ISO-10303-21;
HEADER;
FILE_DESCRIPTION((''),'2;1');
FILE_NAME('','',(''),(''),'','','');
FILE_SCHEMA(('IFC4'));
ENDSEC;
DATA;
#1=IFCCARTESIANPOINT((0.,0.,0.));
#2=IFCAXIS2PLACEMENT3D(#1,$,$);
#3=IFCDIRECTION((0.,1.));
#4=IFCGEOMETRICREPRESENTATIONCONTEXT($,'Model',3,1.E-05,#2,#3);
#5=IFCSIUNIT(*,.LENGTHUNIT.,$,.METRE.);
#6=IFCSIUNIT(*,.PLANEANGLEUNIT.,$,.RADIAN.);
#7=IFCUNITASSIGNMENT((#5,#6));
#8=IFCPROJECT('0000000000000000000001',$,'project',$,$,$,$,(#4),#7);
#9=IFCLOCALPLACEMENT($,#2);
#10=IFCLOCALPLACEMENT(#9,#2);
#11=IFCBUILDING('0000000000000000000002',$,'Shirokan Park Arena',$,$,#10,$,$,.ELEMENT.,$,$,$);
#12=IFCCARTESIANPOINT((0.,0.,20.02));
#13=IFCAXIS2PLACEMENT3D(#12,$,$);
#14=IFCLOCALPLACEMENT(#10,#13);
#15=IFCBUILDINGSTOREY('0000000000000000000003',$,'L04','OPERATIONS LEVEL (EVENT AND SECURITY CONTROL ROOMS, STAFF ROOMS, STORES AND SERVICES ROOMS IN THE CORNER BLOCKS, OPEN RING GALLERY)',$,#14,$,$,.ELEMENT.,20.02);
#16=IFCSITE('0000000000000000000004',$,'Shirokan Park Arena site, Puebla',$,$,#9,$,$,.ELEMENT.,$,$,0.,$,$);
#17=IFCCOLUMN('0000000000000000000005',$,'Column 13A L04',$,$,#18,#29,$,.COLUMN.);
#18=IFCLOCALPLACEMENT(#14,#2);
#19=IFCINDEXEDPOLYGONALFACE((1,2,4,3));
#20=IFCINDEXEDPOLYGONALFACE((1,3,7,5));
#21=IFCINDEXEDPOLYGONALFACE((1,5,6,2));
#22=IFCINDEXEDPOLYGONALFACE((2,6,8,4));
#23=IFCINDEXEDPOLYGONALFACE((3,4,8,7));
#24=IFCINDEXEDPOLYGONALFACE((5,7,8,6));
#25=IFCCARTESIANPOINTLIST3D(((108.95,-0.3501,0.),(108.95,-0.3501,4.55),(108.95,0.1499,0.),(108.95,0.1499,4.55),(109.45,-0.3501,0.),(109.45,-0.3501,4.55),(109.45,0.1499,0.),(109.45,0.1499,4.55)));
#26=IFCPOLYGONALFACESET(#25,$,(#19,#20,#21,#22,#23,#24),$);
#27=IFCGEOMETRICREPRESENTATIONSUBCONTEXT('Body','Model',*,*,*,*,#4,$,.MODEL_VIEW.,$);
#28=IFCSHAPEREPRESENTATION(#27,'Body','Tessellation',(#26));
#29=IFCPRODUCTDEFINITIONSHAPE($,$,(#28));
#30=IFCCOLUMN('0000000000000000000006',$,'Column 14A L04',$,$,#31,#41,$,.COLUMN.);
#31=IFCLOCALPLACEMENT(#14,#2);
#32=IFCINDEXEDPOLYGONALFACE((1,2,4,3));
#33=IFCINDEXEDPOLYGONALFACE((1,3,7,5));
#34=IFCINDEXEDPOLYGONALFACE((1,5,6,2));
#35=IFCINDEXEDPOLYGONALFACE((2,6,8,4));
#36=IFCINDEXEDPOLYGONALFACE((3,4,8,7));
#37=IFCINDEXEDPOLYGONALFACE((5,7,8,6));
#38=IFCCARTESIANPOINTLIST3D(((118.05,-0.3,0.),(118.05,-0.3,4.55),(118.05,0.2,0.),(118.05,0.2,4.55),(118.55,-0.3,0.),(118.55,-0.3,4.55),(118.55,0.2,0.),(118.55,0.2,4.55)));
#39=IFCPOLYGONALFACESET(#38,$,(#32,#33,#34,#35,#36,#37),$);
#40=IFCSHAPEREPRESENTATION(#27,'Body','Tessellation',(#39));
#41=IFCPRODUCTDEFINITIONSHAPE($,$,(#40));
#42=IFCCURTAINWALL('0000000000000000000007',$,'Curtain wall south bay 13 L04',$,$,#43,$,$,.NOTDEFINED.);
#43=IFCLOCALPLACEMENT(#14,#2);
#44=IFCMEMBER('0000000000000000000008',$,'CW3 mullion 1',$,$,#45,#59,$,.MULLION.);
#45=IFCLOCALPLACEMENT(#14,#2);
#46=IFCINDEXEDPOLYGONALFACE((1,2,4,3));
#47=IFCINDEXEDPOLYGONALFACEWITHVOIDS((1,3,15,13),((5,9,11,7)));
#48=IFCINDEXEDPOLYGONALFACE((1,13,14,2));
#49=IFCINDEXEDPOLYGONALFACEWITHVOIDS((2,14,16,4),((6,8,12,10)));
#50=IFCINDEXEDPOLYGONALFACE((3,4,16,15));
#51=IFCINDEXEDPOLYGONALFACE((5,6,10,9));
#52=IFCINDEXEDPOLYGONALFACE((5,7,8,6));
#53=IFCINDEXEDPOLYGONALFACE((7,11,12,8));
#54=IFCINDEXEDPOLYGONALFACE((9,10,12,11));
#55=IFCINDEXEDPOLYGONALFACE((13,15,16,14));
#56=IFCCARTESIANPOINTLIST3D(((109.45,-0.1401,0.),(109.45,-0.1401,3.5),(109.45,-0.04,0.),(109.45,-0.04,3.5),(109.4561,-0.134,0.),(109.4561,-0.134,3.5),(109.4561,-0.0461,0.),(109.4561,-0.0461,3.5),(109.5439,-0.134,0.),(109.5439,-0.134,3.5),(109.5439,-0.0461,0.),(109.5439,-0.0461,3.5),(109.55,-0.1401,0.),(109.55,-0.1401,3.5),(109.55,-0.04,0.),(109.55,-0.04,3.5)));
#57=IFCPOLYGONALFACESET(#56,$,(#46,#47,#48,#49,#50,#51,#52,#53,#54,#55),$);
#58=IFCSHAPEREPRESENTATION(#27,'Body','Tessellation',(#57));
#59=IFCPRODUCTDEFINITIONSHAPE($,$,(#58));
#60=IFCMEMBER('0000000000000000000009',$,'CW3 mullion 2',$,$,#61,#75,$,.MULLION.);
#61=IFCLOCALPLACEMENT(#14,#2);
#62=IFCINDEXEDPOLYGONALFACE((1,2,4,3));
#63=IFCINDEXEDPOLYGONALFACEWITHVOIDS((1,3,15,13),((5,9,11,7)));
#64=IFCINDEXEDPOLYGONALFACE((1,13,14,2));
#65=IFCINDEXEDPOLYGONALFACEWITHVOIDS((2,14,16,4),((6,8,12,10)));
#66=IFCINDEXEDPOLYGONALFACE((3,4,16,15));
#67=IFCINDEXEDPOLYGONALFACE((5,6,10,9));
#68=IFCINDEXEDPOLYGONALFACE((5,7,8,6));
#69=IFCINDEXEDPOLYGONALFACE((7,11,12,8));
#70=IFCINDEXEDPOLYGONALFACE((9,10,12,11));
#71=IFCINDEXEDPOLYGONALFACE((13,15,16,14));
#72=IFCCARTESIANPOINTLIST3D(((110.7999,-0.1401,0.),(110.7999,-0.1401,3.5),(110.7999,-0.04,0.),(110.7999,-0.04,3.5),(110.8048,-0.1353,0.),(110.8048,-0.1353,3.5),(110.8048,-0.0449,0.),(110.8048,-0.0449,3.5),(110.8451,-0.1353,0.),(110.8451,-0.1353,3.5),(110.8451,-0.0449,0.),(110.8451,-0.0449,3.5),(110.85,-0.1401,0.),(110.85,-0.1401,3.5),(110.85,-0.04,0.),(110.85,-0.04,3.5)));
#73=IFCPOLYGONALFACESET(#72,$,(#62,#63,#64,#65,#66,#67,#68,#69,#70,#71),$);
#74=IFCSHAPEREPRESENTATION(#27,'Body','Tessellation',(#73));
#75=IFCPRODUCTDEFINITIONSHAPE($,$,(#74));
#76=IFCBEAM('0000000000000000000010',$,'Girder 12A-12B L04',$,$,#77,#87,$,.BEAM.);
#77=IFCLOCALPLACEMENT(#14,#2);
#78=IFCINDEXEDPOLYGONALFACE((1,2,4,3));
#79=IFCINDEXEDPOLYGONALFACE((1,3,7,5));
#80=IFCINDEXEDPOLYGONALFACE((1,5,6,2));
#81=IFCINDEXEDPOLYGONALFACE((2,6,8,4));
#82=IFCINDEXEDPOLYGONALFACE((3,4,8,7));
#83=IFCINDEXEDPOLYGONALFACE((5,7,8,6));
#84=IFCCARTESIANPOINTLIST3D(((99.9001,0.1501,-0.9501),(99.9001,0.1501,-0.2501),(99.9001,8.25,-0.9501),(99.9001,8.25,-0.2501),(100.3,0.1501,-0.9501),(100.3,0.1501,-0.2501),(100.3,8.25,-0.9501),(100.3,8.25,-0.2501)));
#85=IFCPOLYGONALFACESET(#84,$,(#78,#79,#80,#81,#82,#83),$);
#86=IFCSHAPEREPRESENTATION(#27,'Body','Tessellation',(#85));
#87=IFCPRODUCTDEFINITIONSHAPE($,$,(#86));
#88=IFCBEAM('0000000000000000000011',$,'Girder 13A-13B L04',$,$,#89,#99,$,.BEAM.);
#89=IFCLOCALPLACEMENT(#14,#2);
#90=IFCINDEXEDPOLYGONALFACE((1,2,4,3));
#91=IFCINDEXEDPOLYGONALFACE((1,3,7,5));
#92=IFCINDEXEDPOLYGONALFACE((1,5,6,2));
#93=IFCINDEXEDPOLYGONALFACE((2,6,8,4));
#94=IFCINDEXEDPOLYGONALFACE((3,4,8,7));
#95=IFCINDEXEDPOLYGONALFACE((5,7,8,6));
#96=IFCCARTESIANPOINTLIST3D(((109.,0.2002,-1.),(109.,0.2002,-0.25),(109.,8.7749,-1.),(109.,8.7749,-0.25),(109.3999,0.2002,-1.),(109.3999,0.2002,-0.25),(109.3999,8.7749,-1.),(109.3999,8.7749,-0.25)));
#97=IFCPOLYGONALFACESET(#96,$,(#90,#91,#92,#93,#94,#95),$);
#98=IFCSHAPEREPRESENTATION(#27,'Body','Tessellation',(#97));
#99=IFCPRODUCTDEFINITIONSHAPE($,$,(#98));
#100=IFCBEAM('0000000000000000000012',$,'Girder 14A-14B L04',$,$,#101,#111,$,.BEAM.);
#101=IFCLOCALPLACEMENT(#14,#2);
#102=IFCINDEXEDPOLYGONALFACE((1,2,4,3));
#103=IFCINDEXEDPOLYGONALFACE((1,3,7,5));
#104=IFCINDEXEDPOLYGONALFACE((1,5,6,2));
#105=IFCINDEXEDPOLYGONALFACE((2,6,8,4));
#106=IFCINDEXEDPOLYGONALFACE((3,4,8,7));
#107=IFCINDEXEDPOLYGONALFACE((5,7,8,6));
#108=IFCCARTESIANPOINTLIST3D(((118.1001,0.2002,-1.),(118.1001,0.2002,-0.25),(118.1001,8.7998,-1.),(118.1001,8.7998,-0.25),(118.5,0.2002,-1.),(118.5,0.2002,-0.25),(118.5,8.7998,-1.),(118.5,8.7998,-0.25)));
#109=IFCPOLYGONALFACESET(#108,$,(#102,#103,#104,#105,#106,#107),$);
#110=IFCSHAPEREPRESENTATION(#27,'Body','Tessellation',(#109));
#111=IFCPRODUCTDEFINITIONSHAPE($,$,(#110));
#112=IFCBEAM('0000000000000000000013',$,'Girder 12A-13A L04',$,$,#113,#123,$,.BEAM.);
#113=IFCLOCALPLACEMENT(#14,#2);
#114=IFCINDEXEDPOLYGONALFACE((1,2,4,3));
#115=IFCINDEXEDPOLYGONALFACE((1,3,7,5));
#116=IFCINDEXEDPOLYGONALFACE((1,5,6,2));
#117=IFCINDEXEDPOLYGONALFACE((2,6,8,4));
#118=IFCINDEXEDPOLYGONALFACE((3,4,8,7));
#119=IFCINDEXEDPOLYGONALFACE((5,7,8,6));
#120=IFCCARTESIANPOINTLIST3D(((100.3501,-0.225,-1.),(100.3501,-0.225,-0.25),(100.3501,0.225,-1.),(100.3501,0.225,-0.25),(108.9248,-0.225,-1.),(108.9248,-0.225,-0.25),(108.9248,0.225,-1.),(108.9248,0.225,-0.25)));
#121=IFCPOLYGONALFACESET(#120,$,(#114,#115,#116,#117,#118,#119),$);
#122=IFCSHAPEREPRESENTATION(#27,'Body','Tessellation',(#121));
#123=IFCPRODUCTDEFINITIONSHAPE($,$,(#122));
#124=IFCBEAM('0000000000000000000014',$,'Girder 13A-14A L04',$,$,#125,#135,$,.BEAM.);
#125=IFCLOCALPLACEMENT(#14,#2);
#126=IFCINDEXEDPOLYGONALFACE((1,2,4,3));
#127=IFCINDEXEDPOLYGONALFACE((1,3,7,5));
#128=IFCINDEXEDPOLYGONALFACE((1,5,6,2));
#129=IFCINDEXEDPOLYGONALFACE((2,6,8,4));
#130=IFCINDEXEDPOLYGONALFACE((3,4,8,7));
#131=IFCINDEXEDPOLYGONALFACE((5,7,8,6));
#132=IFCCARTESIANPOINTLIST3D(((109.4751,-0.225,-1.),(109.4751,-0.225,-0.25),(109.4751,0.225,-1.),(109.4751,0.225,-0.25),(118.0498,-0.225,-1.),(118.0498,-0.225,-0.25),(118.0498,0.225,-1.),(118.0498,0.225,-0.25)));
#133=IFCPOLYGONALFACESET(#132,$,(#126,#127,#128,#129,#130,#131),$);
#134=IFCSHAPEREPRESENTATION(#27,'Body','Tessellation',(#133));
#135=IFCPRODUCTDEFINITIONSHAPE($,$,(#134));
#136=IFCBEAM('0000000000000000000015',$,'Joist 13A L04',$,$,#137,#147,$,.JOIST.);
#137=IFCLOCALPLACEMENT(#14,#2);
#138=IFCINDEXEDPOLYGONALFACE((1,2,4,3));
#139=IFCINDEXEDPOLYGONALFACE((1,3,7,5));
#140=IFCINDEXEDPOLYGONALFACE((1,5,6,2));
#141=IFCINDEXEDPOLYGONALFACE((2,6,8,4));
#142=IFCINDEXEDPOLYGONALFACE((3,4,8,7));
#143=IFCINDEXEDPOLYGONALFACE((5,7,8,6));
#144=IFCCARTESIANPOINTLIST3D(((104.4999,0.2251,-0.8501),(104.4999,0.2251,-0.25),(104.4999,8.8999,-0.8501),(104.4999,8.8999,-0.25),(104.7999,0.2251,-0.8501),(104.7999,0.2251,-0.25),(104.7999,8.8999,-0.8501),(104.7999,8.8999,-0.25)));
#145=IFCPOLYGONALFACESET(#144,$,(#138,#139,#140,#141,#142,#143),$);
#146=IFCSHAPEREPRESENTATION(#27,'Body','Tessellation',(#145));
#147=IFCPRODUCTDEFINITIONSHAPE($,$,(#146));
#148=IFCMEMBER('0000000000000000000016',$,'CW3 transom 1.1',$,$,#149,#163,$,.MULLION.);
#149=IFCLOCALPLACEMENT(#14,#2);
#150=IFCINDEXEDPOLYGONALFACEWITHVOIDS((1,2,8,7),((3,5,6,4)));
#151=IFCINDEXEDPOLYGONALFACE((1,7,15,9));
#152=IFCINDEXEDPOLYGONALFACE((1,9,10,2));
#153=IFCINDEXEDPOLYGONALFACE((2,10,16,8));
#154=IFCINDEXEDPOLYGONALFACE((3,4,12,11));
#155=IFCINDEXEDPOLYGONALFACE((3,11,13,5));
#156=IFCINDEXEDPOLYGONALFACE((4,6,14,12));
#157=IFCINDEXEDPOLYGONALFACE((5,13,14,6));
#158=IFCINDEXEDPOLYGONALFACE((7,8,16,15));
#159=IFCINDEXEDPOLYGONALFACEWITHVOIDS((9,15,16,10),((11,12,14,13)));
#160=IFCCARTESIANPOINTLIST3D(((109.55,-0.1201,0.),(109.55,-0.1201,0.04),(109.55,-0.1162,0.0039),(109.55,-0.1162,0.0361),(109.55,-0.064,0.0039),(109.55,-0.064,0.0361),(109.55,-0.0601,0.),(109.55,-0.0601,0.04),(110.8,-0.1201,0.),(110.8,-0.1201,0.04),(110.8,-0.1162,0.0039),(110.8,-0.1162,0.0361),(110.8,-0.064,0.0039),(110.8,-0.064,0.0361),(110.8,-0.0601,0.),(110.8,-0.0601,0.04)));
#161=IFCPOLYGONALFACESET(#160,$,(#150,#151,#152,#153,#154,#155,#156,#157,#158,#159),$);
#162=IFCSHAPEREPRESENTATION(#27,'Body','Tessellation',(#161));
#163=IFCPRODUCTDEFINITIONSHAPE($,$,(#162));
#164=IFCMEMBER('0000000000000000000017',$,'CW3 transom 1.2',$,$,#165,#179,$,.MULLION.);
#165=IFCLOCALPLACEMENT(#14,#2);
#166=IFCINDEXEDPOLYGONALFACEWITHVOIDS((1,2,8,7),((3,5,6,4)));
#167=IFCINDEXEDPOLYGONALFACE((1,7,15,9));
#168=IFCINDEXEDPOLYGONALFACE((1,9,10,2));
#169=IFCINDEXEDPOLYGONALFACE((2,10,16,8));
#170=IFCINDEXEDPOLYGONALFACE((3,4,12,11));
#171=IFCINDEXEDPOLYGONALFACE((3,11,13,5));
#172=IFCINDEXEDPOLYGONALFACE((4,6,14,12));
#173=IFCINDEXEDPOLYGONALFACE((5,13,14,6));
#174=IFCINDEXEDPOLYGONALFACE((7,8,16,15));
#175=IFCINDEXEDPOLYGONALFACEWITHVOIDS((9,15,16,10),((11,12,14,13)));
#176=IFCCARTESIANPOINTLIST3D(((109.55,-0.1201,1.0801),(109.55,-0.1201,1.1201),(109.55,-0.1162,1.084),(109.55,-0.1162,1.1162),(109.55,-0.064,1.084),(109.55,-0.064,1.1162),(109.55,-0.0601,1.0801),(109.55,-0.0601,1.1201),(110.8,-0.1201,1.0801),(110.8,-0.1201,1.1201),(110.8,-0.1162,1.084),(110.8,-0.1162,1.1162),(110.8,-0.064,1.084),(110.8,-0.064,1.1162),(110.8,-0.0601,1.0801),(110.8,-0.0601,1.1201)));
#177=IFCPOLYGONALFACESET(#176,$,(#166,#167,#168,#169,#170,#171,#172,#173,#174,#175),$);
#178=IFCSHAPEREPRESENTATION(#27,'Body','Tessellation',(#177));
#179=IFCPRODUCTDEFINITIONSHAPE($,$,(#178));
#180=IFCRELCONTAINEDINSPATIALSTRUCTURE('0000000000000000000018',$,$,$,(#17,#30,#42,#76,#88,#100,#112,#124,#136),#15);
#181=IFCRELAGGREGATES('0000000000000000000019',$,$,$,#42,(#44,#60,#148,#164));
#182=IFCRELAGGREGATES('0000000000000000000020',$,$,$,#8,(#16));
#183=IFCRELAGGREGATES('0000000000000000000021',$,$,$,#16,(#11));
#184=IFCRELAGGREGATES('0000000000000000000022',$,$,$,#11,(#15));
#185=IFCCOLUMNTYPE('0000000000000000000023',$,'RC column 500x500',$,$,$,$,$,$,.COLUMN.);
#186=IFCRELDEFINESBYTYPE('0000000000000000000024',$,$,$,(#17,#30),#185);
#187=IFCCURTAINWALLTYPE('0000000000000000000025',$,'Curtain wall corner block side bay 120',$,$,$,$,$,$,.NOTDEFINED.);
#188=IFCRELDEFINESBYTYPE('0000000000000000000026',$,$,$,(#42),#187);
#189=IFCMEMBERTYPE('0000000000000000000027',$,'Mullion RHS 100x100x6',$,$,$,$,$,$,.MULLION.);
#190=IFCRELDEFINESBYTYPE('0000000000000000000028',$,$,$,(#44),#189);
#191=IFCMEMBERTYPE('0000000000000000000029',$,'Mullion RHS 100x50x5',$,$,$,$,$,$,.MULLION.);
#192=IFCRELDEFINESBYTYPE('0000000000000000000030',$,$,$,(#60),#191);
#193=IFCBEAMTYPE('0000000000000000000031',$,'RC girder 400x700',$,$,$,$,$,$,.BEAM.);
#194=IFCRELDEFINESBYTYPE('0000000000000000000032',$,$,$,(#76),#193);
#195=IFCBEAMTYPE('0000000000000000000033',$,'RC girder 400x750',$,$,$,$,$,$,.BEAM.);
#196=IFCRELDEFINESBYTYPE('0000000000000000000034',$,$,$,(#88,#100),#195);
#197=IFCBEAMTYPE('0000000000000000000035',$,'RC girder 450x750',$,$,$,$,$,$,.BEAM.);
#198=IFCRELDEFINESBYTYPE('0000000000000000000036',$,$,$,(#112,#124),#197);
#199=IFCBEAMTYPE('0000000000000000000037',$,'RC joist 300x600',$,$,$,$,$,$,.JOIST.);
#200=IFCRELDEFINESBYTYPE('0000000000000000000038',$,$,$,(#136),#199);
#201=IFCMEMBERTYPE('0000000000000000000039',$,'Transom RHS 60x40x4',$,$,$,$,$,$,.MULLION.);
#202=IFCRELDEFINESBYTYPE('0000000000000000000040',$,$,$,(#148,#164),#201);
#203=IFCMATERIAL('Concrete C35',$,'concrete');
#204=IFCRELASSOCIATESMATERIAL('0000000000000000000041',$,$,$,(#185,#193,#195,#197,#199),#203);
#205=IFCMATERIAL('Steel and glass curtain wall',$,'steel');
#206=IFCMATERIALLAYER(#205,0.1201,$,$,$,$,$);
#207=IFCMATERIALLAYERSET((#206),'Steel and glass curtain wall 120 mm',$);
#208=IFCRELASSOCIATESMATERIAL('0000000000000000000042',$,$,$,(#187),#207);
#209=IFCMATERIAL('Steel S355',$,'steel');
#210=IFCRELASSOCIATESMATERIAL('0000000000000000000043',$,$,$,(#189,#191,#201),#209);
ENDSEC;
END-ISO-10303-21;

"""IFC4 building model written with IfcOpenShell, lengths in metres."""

from ifc_helpers import new_model, si_unit, direction, frame, origin, origin_2d, place, context, subcontext, project, spatial, rectangle, hollow_rectangle, extrude, material, layer, layer_set, material_profile, profile_set, type_object, element, aggregate, save


model = new_model("IFC4")

# Units and contexts
model_context = context("Model", 3, precision=1e-05, world=origin(), true_north=direction((0.0, 1.0)))
body_context = subcontext(model_context, "Body", "Model", "MODEL_VIEW")
ifc_project = project(units=[si_unit("LENGTHUNIT", "METRE"), si_unit("PLANEANGLEUNIT", "RADIAN")], contexts=[model_context])

# Site, building, storey
site_placement = place(None, origin())
site = spatial("IfcSite", under=ifc_project, at=site_placement, Name="Shirokan Park Arena site, Puebla", CompositionType="ELEMENT", RefElevation=0.0)
building_placement = place(site_placement, origin())
building = spatial("IfcBuilding", under=site, at=building_placement, Name="Shirokan Park Arena", CompositionType="ELEMENT")
storey_placement = place(building_placement, frame((0.0, 0.0, 20.02)))
storey = spatial("IfcBuildingStorey", under=building, at=storey_placement, Name="L04", Description="OPERATIONS LEVEL (EVENT AND SECURITY CONTROL ROOMS, STAFF ROOMS, STORES AND SERVICES ROOMS IN THE CORNER BLOCKS, OPEN RING GALLERY)", CompositionType="ELEMENT", Elevation=20.02)

# Columns
ifc_material_1 = material(Name="Concrete C35", Category="concrete")
ifc_material_profile_1 = material_profile(ifc_material_1, rectangle(XDim=0.5, YDim=0.5, at=origin_2d()), Name="500x500")
ifc_profile_set_1 = profile_set([ifc_material_profile_1], Name="Concrete C35")
column_type = type_object("IfcColumnType", Name="RC column 500x500", PredefinedType="COLUMN", material=ifc_profile_set_1)
for number, where, z_axis, x_axis, name in (
    (1, (109.2, -0.1001, 0.0), (0.0, 0.0, 1.0), (1.0, 0.0, 0.0), "Column 13A L04"),
    (2, (118.3, -0.05, 0.0), (0.0, 0.0, 1.0), (1.0, 0.0, 0.0), "Column 14A L04"),
):
    element("IfcColumn", number, at=place(storey_placement, frame(where, z_axis=z_axis, x_axis=x_axis)), inside=storey, type_object=column_type, Name=name, PredefinedType="COLUMN", context=body_context, shape_type="SweptSolid", body=[
        extrude(rectangle(XDim=0.5, YDim=0.5, at=origin_2d()), origin(), (0.0, 0.0, 1.0), 4.55),
    ])

# Curtain wall, members
ifc_material_2 = material(Name="Steel and glass curtain wall", Category="steel")
ifc_layer_1 = layer(ifc_material_2, 0.1201)
ifc_layer_set_1 = layer_set([ifc_layer_1], Name="Steel and glass curtain wall 120 mm")
curtain_wall_type = type_object("IfcCurtainWallType", Name="Curtain wall corner block side bay 120", PredefinedType="NOTDEFINED", material=ifc_layer_set_1)
curtain_wall_placement = place(storey_placement, origin())
curtain_wall = element("IfcCurtainWall", 3, at=curtain_wall_placement, inside=storey, type_object=curtain_wall_type, Name="Curtain wall south bay 13 L04", PredefinedType="NOTDEFINED")
ifc_material_3 = material(Name="Steel S355", Category="steel")
ifc_material_profile_2 = material_profile(ifc_material_3, hollow_rectangle(XDim=0.1001, YDim=0.1001, WallThickness=0.0061, at=origin_2d()), Name="RHS 100x100x6")
ifc_profile_set_2 = profile_set([ifc_material_profile_2], Name="Steel S355")
member_type_1 = type_object("IfcMemberType", Name="Mullion RHS 100x100x6", PredefinedType="MULLION", material=ifc_profile_set_2)
member_1_placement = place(storey_placement, frame((109.5, -0.0901, 0.0), z_axis=(0.0, 0.0, 1.0), x_axis=(0.0, 1.0, 0.0)))
member_1 = element("IfcMember", 4, at=member_1_placement, type_object=member_type_1, Name="CW3 mullion 1", PredefinedType="MULLION", context=body_context, shape_type="SweptSolid", body=[
    extrude(hollow_rectangle(XDim=0.1001, YDim=0.1001, WallThickness=0.0061, at=origin_2d()), origin(), (0.0, 0.0, 1.0), 3.5),
])
ifc_material_profile_3 = material_profile(ifc_material_3, hollow_rectangle(XDim=0.1001, YDim=0.05, WallThickness=0.0049, at=origin_2d()), Name="RHS 100x50x5")
ifc_profile_set_3 = profile_set([ifc_material_profile_3], Name="Steel S355")
member_type_2 = type_object("IfcMemberType", Name="Mullion RHS 100x50x5", PredefinedType="MULLION", material=ifc_profile_set_3)
member_2_placement = place(storey_placement, frame((110.825, -0.0901, 0.0), z_axis=(0.0, 0.0, 1.0), x_axis=(0.0, 1.0, 0.0)))
member_2 = element("IfcMember", 5, at=member_2_placement, type_object=member_type_2, Name="CW3 mullion 2", PredefinedType="MULLION", context=body_context, shape_type="SweptSolid", body=[
    extrude(hollow_rectangle(XDim=0.1001, YDim=0.05, WallThickness=0.0049, at=origin_2d()), origin(), (0.0, 0.0, 1.0), 3.5),
])

# Beams
ifc_material_profile_4 = material_profile(ifc_material_1, rectangle(XDim=0.3999, YDim=0.7, at=origin_2d()), Name="400x700")
ifc_profile_set_4 = profile_set([ifc_material_profile_4], Name="Concrete C35")
beam_type_1 = type_object("IfcBeamType", Name="RC girder 400x700", PredefinedType="BEAM", material=ifc_profile_set_4)
beam_1_placement = place(storey_placement, frame((100.1001, 0.1501, -0.6001), z_axis=(0.0, 1.0, 0.0), x_axis=(-1.0, 0.0, 0.0)))
element("IfcBeam", 6, at=beam_1_placement, inside=storey, type_object=beam_type_1, Name="Girder 12A-12B L04", PredefinedType="BEAM", context=body_context, shape_type="SweptSolid", body=[
    extrude(rectangle(XDim=0.3999, YDim=0.7, at=origin_2d()), origin(), (0.0, 0.0, 1.0), 8.0999),
])
ifc_material_profile_5 = material_profile(ifc_material_1, rectangle(XDim=0.3999, YDim=0.75, at=origin_2d()), Name="400x750")
ifc_profile_set_5 = profile_set([ifc_material_profile_5], Name="Concrete C35")
beam_type_2 = type_object("IfcBeamType", Name="RC girder 400x750", PredefinedType="BEAM", material=ifc_profile_set_5)
beam_2_placement = place(storey_placement, frame((109.2, 0.2002, -0.625), z_axis=(0.0, 1.0, 0.0), x_axis=(-1.0, 0.0, 0.0)))
element("IfcBeam", 7, at=beam_2_placement, inside=storey, type_object=beam_type_2, Name="Girder 13A-13B L04", PredefinedType="BEAM", context=body_context, shape_type="SweptSolid", body=[
    extrude(rectangle(XDim=0.3999, YDim=0.75, at=origin_2d()), origin(), (0.0, 0.0, 1.0), 8.5747),
])
beam_3_placement = place(storey_placement, frame((118.3, 0.2002, -0.625), z_axis=(0.0, 1.0, 0.0), x_axis=(-1.0, 0.0, 0.0)))
element("IfcBeam", 8, at=beam_3_placement, inside=storey, type_object=beam_type_2, Name="Girder 14A-14B L04", PredefinedType="BEAM", context=body_context, shape_type="SweptSolid", body=[
    extrude(rectangle(XDim=0.3999, YDim=0.75, at=origin_2d()), origin(), (0.0, 0.0, 1.0), 8.5996),
])
ifc_material_profile_6 = material_profile(ifc_material_1, rectangle(XDim=0.45, YDim=0.75, at=origin_2d()), Name="450x750")
ifc_profile_set_6 = profile_set([ifc_material_profile_6], Name="Concrete C35")
beam_type_3 = type_object("IfcBeamType", Name="RC girder 450x750", PredefinedType="BEAM", material=ifc_profile_set_6)
for number, where, z_axis, x_axis, name in (
    (9, (100.3501, 0.0, -0.625), (1.0, 0.0, 0.0), (0.0, 1.0, 0.0), "Girder 12A-13A L04"),
    (10, (109.4751, 0.0, -0.625), (1.0, 0.0, 0.0), (0.0, 1.0, 0.0), "Girder 13A-14A L04"),
):
    element("IfcBeam", number, at=place(storey_placement, frame(where, z_axis=z_axis, x_axis=x_axis)), inside=storey, type_object=beam_type_3, Name=name, PredefinedType="BEAM", context=body_context, shape_type="SweptSolid", body=[
        extrude(rectangle(XDim=0.45, YDim=0.75, at=origin_2d()), origin(), (0.0, 0.0, 1.0), 8.5747),
    ])
ifc_material_profile_7 = material_profile(ifc_material_1, rectangle(XDim=0.3, YDim=0.6001, at=origin_2d()), Name="300x600")
ifc_profile_set_7 = profile_set([ifc_material_profile_7], Name="Concrete C35")
beam_type_4 = type_object("IfcBeamType", Name="RC joist 300x600", PredefinedType="JOIST", material=ifc_profile_set_7)
beam_4_placement = place(storey_placement, frame((104.6499, 0.2251, -0.55), z_axis=(0.0, 1.0, 0.0), x_axis=(-1.0, 0.0, 0.0)))
element("IfcBeam", 11, at=beam_4_placement, inside=storey, type_object=beam_type_4, Name="Joist 13A L04", PredefinedType="JOIST", context=body_context, shape_type="SweptSolid", body=[
    extrude(rectangle(XDim=0.3, YDim=0.6001, at=origin_2d()), origin(), (0.0, 0.0, 1.0), 8.6748),
])

# Members
ifc_material_profile_8 = material_profile(ifc_material_3, hollow_rectangle(XDim=0.0601, YDim=0.04, WallThickness=0.0039, at=origin_2d()), Name="RHS 60x40x4")
ifc_profile_set_8 = profile_set([ifc_material_profile_8], Name="Steel S355")
member_type_3 = type_object("IfcMemberType", Name="Transom RHS 60x40x4", PredefinedType="MULLION", material=ifc_profile_set_8)
member_3_placement = place(storey_placement, frame((109.55, -0.0901, 0.02), z_axis=(1.0, 0.0, 0.0), x_axis=(0.0, 1.0, 0.0)))
member_3 = element("IfcMember", 12, at=member_3_placement, type_object=member_type_3, Name="CW3 transom 1.1", PredefinedType="MULLION", context=body_context, shape_type="SweptSolid", body=[
    extrude(hollow_rectangle(XDim=0.0601, YDim=0.04, WallThickness=0.0039, at=origin_2d()), origin(), (0.0, 0.0, 1.0), 1.25),
])
member_4_placement = place(storey_placement, frame((109.55, -0.0901, 1.1001), z_axis=(1.0, 0.0, 0.0), x_axis=(0.0, 1.0, 0.0)))
member_4 = element("IfcMember", 13, at=member_4_placement, type_object=member_type_3, Name="CW3 transom 1.2", PredefinedType="MULLION", context=body_context, shape_type="SweptSolid", body=[
    extrude(hollow_rectangle(XDim=0.0601, YDim=0.04, WallThickness=0.0039, at=origin_2d()), origin(), (0.0, 0.0, 1.0), 1.25),
])

aggregate(curtain_wall, [member_1, member_2, member_3, member_4])

save(model, "model.ifc")
